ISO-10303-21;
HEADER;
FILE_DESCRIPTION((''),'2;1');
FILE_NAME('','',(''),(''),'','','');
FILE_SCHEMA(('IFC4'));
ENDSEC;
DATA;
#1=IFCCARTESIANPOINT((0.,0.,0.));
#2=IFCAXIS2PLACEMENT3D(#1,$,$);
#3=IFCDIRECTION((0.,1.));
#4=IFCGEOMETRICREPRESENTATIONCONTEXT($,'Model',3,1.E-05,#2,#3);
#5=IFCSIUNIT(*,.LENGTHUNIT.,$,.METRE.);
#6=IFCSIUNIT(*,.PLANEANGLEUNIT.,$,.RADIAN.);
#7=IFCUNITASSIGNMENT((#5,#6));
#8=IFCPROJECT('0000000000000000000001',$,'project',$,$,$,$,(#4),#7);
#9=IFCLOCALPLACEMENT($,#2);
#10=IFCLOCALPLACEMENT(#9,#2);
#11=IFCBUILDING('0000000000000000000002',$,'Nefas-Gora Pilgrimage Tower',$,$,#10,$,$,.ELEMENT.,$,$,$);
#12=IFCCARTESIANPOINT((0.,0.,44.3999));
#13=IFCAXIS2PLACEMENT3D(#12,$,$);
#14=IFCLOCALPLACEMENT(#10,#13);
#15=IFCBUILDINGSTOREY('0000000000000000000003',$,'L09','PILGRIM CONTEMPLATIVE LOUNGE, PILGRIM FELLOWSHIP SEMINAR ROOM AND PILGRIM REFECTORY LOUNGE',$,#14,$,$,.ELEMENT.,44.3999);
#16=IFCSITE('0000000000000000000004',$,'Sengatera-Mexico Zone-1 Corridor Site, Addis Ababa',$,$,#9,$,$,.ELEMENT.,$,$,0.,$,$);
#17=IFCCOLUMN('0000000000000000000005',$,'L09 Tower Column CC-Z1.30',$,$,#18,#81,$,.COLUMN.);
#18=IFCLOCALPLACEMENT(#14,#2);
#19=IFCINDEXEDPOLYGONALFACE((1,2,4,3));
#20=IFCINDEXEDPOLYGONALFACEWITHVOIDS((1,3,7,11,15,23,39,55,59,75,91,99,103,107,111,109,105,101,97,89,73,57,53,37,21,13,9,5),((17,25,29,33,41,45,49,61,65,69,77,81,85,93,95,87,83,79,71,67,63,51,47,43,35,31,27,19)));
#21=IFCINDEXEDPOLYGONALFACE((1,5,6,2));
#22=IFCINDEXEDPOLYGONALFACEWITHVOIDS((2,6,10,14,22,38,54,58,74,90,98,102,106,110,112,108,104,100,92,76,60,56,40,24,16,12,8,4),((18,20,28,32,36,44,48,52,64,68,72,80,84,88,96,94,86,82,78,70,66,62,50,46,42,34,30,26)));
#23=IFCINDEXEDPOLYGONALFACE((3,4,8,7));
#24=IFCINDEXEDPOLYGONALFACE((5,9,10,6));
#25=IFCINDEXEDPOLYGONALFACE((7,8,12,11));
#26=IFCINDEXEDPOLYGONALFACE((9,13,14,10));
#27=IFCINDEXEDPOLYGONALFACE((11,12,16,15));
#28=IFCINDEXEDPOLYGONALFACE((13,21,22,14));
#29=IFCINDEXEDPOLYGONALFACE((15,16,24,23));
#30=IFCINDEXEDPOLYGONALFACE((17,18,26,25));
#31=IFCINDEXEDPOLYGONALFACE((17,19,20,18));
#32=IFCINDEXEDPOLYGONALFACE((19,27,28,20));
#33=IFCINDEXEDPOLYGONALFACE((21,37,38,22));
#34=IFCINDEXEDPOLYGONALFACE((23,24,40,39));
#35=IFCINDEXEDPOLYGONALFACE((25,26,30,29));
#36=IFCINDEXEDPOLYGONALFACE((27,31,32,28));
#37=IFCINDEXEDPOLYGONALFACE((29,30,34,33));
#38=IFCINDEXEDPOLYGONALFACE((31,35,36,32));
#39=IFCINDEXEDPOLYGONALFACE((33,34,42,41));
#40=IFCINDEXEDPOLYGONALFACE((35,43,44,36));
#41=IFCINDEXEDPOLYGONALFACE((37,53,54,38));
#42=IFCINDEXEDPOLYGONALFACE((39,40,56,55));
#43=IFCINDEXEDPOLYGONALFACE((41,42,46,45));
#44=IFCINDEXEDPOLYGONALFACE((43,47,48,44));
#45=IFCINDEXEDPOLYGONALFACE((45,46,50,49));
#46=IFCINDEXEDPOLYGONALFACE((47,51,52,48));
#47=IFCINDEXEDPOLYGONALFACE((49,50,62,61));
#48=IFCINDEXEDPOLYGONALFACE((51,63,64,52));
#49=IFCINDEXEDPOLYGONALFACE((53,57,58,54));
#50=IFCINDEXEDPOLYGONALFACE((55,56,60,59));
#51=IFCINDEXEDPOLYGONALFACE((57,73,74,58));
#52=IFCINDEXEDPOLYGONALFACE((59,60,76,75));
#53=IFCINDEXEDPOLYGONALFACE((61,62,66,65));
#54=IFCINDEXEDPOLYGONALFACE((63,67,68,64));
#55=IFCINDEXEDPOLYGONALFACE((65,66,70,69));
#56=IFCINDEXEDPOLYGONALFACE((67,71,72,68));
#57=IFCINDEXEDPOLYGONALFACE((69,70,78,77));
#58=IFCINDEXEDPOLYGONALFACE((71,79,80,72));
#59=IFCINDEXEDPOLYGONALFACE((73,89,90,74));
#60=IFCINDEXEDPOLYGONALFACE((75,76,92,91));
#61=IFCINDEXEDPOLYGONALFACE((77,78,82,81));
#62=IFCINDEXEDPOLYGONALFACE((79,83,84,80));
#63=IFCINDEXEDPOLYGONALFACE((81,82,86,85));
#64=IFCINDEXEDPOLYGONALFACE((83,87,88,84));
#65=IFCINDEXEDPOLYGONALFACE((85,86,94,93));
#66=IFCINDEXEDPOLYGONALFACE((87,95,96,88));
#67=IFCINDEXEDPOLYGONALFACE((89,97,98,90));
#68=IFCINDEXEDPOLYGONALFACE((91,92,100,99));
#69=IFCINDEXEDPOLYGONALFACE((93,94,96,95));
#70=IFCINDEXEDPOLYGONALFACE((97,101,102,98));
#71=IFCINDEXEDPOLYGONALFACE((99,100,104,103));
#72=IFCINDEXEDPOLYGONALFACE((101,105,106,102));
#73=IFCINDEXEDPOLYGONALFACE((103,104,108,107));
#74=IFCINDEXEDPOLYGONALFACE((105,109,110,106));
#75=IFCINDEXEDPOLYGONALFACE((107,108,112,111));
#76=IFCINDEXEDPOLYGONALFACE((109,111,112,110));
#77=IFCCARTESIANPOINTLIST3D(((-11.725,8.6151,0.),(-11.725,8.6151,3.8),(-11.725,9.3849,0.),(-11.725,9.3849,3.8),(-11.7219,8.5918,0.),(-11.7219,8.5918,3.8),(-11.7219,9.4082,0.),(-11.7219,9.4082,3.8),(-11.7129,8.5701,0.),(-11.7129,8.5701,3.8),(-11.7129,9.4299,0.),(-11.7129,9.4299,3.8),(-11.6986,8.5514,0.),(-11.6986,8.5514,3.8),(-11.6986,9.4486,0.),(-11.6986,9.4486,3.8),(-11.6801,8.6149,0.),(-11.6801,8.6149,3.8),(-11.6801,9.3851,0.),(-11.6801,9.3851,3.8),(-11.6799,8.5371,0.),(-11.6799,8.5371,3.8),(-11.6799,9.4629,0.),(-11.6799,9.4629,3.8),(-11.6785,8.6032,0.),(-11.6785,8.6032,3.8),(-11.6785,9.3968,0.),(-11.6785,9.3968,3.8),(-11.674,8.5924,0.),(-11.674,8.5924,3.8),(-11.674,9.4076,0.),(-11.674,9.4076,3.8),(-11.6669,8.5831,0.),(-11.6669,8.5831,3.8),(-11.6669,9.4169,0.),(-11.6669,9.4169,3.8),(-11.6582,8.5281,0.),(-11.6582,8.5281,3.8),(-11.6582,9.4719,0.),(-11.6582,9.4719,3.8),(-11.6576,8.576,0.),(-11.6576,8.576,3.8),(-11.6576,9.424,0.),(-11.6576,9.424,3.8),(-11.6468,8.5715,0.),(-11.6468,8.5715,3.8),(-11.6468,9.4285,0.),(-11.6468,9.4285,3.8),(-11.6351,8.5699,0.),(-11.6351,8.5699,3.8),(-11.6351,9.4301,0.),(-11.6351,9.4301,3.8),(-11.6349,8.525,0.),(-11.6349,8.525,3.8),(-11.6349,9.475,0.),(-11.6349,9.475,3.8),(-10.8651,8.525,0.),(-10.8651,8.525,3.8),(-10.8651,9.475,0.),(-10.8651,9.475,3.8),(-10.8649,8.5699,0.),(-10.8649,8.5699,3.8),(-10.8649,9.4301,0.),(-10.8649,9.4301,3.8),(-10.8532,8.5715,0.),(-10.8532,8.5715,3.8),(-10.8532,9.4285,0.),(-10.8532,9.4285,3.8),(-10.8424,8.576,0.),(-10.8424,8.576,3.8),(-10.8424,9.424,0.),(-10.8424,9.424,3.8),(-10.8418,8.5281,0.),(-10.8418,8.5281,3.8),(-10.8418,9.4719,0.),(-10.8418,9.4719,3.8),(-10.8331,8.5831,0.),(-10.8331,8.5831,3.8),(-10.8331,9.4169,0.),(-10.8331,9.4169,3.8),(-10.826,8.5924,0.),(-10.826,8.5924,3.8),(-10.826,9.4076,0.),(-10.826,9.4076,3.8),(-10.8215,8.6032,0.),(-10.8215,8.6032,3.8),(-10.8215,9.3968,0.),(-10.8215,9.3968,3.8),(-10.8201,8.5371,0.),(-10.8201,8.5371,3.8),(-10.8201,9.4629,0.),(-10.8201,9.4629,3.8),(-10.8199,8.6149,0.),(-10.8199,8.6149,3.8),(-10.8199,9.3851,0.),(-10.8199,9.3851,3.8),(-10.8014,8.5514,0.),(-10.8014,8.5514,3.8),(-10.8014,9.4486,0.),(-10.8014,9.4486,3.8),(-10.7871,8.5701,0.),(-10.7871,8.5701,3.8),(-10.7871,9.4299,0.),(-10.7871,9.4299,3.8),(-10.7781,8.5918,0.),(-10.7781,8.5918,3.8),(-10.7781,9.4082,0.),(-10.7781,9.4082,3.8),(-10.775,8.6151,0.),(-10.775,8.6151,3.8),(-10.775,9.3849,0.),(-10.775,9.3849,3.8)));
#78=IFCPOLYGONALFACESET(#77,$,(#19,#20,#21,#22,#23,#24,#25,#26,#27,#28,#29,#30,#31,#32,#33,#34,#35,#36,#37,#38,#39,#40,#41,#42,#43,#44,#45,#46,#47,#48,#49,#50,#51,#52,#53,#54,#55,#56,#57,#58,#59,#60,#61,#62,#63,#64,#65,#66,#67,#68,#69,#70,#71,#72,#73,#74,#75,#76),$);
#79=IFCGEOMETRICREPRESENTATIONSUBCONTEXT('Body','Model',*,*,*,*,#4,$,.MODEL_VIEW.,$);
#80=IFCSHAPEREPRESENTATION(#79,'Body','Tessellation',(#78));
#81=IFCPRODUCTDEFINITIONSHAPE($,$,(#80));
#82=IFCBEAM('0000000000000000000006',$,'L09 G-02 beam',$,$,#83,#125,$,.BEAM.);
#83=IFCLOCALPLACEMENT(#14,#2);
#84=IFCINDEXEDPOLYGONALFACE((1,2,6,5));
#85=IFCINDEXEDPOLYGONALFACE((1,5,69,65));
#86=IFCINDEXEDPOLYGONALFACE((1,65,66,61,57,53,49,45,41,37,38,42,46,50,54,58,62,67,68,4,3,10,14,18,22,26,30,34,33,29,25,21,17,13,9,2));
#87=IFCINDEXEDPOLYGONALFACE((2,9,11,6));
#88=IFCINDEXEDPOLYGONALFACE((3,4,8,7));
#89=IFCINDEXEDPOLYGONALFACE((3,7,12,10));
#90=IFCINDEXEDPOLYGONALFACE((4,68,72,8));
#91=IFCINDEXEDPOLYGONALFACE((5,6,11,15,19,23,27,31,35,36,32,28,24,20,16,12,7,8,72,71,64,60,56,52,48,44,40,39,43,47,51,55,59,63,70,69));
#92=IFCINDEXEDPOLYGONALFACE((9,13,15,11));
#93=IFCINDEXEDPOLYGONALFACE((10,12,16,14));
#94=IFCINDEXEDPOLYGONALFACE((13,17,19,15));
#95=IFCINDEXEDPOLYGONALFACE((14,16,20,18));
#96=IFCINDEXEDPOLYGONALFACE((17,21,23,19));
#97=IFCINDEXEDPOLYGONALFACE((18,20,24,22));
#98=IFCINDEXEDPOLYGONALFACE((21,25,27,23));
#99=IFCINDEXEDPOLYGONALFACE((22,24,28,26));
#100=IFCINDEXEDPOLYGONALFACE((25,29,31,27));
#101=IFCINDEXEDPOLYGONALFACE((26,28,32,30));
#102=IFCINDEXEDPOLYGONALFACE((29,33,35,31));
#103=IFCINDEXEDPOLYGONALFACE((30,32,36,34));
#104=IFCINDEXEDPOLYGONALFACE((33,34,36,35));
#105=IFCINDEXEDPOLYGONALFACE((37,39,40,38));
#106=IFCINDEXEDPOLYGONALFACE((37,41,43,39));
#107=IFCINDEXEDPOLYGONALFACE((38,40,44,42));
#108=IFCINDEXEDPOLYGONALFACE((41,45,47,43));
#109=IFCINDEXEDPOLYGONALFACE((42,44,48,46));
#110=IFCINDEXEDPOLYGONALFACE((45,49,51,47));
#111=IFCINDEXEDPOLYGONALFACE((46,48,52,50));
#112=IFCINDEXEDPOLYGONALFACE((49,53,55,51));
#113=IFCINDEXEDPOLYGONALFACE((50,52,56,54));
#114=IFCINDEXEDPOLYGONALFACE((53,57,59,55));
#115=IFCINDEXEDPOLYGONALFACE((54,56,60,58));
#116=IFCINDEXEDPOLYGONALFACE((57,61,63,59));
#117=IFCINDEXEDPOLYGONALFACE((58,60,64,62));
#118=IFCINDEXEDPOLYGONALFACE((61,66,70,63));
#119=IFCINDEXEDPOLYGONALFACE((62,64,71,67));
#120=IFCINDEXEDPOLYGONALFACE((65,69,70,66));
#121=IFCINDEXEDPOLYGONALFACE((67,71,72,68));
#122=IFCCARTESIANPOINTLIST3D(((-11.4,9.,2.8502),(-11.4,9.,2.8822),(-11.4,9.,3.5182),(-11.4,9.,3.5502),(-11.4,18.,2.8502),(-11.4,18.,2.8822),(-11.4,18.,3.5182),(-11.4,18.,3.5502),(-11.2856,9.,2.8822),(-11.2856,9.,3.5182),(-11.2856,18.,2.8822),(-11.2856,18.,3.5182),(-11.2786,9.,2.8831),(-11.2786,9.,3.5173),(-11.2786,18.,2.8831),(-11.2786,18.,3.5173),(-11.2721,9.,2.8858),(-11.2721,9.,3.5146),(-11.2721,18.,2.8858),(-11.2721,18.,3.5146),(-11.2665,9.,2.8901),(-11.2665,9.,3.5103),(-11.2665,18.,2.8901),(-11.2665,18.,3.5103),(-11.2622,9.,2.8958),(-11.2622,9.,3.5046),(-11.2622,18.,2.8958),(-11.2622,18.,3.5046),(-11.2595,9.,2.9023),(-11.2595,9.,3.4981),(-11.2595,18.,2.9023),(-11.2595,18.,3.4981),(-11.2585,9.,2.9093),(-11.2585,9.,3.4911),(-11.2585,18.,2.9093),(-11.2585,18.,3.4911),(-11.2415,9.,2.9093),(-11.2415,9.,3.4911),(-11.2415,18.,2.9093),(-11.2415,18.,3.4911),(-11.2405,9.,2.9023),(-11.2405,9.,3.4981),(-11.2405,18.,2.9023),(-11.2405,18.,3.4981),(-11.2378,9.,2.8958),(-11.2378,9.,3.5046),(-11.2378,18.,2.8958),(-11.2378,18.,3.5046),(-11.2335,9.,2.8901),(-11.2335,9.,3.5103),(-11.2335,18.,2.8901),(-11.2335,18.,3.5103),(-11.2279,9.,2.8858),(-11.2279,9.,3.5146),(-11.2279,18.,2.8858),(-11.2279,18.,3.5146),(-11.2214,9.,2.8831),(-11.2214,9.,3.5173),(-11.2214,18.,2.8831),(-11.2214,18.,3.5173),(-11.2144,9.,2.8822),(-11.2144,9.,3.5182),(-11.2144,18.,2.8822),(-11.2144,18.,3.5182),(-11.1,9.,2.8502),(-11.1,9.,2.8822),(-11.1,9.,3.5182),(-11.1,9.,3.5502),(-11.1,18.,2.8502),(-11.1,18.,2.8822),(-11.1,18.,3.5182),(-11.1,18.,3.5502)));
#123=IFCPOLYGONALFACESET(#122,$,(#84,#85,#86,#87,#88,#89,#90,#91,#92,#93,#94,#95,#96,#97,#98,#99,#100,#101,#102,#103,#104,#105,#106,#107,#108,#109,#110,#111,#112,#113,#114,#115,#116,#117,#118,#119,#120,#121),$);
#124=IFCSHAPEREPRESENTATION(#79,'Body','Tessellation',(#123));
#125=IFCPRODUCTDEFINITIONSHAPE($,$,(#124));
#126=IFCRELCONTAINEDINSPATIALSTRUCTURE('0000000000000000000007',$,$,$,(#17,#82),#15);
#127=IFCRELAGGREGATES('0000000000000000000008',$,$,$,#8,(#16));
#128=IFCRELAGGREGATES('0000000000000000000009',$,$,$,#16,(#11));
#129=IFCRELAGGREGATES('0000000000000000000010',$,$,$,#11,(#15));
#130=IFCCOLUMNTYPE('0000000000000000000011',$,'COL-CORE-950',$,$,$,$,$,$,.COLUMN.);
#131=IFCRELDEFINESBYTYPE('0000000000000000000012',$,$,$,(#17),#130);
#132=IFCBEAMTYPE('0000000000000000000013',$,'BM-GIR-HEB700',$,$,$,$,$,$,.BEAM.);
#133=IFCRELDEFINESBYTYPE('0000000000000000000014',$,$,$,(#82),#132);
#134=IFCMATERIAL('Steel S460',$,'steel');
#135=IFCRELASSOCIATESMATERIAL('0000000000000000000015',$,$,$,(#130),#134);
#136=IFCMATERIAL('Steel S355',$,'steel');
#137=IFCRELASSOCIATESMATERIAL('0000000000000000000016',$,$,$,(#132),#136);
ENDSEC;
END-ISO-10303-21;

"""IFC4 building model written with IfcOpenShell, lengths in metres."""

from ifc_helpers import new_model, si_unit, direction, frame, origin, origin_2d, place, context, subcontext, project, spatial, hollow_rectangle, i_section, extrude, source, transform, mapped, material, material_profile, profile_set, type_object, element, save


model = new_model("IFC4")

# Units and contexts
model_context = context("Model", 3, precision=1e-05, world=origin(), true_north=direction((0.0, 1.0)))
body_context = subcontext(model_context, "Body", "Model", "MODEL_VIEW")
ifc_project = project(units=[si_unit("LENGTHUNIT", "METRE"), si_unit("PLANEANGLEUNIT", "RADIAN")], contexts=[model_context])

# Site, building, storey
site_placement = place(None, origin())
site = spatial("IfcSite", under=ifc_project, at=site_placement, Name="Sengatera-Mexico Zone-1 Corridor Site, Addis Ababa", CompositionType="ELEMENT", RefElevation=0.0)
building_placement = place(site_placement, origin())
building = spatial("IfcBuilding", under=site, at=building_placement, Name="Nefas-Gora Pilgrimage Tower", CompositionType="ELEMENT")
storey_placement = place(building_placement, frame((0.0, 0.0, 44.3999)))
storey = spatial("IfcBuildingStorey", under=building, at=storey_placement, Name="L09", Description="PILGRIM CONTEMPLATIVE LOUNGE, PILGRIM FELLOWSHIP SEMINAR ROOM AND PILGRIM REFECTORY LOUNGE", CompositionType="ELEMENT", Elevation=44.3999)

# Column
ifc_material_1 = material(Name="Steel S460", Category="steel")
ifc_material_profile_1 = material_profile(ifc_material_1, hollow_rectangle(XDim=0.95, YDim=0.95, WallThickness=0.0449, InnerFilletRadius=0.0449, OuterFilletRadius=0.0901, at=origin_2d()), Name="BOX 950x950x45")
ifc_profile_set_1 = profile_set([ifc_material_profile_1], Name="Steel S460")
column_type = type_object("IfcColumnType", Name="COL-CORE-950", PredefinedType="COLUMN", material=ifc_profile_set_1)
shared_shape_1 = source(origin(), body_context, "Body", "SweptSolid", [
    extrude(hollow_rectangle(XDim=0.95, YDim=0.95, WallThickness=0.0449, InnerFilletRadius=0.0449, OuterFilletRadius=0.0901, at=origin_2d()), origin(), (0.0, 0.0, 1.0), 3.8),
])
column_placement = place(storey_placement, frame((-11.25, 9.0, 0.0), z_axis=(0.0, 0.0, 1.0), x_axis=(1.0, 0.0, 0.0)))
element("IfcColumn", 1, at=column_placement, inside=storey, type_object=column_type, Name="L09 Tower Column CC-Z1.30", PredefinedType="COLUMN", context=body_context, shape_type="MappedRepresentation", body=[
    mapped(shared_shape_1, transform((0.0, 0.0, 0.0), x_axis=(1.0, 0.0, 0.0), y_axis=(0.0, 1.0, 0.0), z_axis=(0.0, 0.0, 1.0), scale=1.0)),
])

# Beam
ifc_material_2 = material(Name="Steel S355", Category="steel")
ifc_material_profile_2 = material_profile(ifc_material_2, i_section(OverallWidth=0.3, OverallDepth=0.7, WebThickness=0.0171, FlangeThickness=0.032, FilletRadius=0.0271, at=origin_2d()), Name="HEB 700")
ifc_profile_set_2 = profile_set([ifc_material_profile_2], Name="Steel S355")
beam_type = type_object("IfcBeamType", Name="BM-GIR-HEB700", PredefinedType="BEAM", material=ifc_profile_set_2)
shared_shape_2 = source(origin(), body_context, "Body", "SweptSolid", [
    extrude(i_section(OverallWidth=0.3, OverallDepth=0.7, WebThickness=0.0171, FlangeThickness=0.032, FilletRadius=0.0271, at=origin_2d()), origin(), (0.0, 0.0, 1.0), 9.0),
])
beam_placement = place(storey_placement, frame((-11.25, 9.0, 3.2002), z_axis=(0.0, 1.0, 0.0), x_axis=(-1.0, 0.0, 0.0)))
element("IfcBeam", 2, at=beam_placement, inside=storey, type_object=beam_type, Name="L09 G-02 beam", PredefinedType="BEAM", context=body_context, shape_type="MappedRepresentation", body=[
    mapped(shared_shape_2, transform((0.0, 0.0, 0.0), x_axis=(1.0, 0.0, 0.0), y_axis=(0.0, 1.0, 0.0), z_axis=(0.0, 0.0, 1.0), scale=1.0)),
])

save(model, "model.ifc")
